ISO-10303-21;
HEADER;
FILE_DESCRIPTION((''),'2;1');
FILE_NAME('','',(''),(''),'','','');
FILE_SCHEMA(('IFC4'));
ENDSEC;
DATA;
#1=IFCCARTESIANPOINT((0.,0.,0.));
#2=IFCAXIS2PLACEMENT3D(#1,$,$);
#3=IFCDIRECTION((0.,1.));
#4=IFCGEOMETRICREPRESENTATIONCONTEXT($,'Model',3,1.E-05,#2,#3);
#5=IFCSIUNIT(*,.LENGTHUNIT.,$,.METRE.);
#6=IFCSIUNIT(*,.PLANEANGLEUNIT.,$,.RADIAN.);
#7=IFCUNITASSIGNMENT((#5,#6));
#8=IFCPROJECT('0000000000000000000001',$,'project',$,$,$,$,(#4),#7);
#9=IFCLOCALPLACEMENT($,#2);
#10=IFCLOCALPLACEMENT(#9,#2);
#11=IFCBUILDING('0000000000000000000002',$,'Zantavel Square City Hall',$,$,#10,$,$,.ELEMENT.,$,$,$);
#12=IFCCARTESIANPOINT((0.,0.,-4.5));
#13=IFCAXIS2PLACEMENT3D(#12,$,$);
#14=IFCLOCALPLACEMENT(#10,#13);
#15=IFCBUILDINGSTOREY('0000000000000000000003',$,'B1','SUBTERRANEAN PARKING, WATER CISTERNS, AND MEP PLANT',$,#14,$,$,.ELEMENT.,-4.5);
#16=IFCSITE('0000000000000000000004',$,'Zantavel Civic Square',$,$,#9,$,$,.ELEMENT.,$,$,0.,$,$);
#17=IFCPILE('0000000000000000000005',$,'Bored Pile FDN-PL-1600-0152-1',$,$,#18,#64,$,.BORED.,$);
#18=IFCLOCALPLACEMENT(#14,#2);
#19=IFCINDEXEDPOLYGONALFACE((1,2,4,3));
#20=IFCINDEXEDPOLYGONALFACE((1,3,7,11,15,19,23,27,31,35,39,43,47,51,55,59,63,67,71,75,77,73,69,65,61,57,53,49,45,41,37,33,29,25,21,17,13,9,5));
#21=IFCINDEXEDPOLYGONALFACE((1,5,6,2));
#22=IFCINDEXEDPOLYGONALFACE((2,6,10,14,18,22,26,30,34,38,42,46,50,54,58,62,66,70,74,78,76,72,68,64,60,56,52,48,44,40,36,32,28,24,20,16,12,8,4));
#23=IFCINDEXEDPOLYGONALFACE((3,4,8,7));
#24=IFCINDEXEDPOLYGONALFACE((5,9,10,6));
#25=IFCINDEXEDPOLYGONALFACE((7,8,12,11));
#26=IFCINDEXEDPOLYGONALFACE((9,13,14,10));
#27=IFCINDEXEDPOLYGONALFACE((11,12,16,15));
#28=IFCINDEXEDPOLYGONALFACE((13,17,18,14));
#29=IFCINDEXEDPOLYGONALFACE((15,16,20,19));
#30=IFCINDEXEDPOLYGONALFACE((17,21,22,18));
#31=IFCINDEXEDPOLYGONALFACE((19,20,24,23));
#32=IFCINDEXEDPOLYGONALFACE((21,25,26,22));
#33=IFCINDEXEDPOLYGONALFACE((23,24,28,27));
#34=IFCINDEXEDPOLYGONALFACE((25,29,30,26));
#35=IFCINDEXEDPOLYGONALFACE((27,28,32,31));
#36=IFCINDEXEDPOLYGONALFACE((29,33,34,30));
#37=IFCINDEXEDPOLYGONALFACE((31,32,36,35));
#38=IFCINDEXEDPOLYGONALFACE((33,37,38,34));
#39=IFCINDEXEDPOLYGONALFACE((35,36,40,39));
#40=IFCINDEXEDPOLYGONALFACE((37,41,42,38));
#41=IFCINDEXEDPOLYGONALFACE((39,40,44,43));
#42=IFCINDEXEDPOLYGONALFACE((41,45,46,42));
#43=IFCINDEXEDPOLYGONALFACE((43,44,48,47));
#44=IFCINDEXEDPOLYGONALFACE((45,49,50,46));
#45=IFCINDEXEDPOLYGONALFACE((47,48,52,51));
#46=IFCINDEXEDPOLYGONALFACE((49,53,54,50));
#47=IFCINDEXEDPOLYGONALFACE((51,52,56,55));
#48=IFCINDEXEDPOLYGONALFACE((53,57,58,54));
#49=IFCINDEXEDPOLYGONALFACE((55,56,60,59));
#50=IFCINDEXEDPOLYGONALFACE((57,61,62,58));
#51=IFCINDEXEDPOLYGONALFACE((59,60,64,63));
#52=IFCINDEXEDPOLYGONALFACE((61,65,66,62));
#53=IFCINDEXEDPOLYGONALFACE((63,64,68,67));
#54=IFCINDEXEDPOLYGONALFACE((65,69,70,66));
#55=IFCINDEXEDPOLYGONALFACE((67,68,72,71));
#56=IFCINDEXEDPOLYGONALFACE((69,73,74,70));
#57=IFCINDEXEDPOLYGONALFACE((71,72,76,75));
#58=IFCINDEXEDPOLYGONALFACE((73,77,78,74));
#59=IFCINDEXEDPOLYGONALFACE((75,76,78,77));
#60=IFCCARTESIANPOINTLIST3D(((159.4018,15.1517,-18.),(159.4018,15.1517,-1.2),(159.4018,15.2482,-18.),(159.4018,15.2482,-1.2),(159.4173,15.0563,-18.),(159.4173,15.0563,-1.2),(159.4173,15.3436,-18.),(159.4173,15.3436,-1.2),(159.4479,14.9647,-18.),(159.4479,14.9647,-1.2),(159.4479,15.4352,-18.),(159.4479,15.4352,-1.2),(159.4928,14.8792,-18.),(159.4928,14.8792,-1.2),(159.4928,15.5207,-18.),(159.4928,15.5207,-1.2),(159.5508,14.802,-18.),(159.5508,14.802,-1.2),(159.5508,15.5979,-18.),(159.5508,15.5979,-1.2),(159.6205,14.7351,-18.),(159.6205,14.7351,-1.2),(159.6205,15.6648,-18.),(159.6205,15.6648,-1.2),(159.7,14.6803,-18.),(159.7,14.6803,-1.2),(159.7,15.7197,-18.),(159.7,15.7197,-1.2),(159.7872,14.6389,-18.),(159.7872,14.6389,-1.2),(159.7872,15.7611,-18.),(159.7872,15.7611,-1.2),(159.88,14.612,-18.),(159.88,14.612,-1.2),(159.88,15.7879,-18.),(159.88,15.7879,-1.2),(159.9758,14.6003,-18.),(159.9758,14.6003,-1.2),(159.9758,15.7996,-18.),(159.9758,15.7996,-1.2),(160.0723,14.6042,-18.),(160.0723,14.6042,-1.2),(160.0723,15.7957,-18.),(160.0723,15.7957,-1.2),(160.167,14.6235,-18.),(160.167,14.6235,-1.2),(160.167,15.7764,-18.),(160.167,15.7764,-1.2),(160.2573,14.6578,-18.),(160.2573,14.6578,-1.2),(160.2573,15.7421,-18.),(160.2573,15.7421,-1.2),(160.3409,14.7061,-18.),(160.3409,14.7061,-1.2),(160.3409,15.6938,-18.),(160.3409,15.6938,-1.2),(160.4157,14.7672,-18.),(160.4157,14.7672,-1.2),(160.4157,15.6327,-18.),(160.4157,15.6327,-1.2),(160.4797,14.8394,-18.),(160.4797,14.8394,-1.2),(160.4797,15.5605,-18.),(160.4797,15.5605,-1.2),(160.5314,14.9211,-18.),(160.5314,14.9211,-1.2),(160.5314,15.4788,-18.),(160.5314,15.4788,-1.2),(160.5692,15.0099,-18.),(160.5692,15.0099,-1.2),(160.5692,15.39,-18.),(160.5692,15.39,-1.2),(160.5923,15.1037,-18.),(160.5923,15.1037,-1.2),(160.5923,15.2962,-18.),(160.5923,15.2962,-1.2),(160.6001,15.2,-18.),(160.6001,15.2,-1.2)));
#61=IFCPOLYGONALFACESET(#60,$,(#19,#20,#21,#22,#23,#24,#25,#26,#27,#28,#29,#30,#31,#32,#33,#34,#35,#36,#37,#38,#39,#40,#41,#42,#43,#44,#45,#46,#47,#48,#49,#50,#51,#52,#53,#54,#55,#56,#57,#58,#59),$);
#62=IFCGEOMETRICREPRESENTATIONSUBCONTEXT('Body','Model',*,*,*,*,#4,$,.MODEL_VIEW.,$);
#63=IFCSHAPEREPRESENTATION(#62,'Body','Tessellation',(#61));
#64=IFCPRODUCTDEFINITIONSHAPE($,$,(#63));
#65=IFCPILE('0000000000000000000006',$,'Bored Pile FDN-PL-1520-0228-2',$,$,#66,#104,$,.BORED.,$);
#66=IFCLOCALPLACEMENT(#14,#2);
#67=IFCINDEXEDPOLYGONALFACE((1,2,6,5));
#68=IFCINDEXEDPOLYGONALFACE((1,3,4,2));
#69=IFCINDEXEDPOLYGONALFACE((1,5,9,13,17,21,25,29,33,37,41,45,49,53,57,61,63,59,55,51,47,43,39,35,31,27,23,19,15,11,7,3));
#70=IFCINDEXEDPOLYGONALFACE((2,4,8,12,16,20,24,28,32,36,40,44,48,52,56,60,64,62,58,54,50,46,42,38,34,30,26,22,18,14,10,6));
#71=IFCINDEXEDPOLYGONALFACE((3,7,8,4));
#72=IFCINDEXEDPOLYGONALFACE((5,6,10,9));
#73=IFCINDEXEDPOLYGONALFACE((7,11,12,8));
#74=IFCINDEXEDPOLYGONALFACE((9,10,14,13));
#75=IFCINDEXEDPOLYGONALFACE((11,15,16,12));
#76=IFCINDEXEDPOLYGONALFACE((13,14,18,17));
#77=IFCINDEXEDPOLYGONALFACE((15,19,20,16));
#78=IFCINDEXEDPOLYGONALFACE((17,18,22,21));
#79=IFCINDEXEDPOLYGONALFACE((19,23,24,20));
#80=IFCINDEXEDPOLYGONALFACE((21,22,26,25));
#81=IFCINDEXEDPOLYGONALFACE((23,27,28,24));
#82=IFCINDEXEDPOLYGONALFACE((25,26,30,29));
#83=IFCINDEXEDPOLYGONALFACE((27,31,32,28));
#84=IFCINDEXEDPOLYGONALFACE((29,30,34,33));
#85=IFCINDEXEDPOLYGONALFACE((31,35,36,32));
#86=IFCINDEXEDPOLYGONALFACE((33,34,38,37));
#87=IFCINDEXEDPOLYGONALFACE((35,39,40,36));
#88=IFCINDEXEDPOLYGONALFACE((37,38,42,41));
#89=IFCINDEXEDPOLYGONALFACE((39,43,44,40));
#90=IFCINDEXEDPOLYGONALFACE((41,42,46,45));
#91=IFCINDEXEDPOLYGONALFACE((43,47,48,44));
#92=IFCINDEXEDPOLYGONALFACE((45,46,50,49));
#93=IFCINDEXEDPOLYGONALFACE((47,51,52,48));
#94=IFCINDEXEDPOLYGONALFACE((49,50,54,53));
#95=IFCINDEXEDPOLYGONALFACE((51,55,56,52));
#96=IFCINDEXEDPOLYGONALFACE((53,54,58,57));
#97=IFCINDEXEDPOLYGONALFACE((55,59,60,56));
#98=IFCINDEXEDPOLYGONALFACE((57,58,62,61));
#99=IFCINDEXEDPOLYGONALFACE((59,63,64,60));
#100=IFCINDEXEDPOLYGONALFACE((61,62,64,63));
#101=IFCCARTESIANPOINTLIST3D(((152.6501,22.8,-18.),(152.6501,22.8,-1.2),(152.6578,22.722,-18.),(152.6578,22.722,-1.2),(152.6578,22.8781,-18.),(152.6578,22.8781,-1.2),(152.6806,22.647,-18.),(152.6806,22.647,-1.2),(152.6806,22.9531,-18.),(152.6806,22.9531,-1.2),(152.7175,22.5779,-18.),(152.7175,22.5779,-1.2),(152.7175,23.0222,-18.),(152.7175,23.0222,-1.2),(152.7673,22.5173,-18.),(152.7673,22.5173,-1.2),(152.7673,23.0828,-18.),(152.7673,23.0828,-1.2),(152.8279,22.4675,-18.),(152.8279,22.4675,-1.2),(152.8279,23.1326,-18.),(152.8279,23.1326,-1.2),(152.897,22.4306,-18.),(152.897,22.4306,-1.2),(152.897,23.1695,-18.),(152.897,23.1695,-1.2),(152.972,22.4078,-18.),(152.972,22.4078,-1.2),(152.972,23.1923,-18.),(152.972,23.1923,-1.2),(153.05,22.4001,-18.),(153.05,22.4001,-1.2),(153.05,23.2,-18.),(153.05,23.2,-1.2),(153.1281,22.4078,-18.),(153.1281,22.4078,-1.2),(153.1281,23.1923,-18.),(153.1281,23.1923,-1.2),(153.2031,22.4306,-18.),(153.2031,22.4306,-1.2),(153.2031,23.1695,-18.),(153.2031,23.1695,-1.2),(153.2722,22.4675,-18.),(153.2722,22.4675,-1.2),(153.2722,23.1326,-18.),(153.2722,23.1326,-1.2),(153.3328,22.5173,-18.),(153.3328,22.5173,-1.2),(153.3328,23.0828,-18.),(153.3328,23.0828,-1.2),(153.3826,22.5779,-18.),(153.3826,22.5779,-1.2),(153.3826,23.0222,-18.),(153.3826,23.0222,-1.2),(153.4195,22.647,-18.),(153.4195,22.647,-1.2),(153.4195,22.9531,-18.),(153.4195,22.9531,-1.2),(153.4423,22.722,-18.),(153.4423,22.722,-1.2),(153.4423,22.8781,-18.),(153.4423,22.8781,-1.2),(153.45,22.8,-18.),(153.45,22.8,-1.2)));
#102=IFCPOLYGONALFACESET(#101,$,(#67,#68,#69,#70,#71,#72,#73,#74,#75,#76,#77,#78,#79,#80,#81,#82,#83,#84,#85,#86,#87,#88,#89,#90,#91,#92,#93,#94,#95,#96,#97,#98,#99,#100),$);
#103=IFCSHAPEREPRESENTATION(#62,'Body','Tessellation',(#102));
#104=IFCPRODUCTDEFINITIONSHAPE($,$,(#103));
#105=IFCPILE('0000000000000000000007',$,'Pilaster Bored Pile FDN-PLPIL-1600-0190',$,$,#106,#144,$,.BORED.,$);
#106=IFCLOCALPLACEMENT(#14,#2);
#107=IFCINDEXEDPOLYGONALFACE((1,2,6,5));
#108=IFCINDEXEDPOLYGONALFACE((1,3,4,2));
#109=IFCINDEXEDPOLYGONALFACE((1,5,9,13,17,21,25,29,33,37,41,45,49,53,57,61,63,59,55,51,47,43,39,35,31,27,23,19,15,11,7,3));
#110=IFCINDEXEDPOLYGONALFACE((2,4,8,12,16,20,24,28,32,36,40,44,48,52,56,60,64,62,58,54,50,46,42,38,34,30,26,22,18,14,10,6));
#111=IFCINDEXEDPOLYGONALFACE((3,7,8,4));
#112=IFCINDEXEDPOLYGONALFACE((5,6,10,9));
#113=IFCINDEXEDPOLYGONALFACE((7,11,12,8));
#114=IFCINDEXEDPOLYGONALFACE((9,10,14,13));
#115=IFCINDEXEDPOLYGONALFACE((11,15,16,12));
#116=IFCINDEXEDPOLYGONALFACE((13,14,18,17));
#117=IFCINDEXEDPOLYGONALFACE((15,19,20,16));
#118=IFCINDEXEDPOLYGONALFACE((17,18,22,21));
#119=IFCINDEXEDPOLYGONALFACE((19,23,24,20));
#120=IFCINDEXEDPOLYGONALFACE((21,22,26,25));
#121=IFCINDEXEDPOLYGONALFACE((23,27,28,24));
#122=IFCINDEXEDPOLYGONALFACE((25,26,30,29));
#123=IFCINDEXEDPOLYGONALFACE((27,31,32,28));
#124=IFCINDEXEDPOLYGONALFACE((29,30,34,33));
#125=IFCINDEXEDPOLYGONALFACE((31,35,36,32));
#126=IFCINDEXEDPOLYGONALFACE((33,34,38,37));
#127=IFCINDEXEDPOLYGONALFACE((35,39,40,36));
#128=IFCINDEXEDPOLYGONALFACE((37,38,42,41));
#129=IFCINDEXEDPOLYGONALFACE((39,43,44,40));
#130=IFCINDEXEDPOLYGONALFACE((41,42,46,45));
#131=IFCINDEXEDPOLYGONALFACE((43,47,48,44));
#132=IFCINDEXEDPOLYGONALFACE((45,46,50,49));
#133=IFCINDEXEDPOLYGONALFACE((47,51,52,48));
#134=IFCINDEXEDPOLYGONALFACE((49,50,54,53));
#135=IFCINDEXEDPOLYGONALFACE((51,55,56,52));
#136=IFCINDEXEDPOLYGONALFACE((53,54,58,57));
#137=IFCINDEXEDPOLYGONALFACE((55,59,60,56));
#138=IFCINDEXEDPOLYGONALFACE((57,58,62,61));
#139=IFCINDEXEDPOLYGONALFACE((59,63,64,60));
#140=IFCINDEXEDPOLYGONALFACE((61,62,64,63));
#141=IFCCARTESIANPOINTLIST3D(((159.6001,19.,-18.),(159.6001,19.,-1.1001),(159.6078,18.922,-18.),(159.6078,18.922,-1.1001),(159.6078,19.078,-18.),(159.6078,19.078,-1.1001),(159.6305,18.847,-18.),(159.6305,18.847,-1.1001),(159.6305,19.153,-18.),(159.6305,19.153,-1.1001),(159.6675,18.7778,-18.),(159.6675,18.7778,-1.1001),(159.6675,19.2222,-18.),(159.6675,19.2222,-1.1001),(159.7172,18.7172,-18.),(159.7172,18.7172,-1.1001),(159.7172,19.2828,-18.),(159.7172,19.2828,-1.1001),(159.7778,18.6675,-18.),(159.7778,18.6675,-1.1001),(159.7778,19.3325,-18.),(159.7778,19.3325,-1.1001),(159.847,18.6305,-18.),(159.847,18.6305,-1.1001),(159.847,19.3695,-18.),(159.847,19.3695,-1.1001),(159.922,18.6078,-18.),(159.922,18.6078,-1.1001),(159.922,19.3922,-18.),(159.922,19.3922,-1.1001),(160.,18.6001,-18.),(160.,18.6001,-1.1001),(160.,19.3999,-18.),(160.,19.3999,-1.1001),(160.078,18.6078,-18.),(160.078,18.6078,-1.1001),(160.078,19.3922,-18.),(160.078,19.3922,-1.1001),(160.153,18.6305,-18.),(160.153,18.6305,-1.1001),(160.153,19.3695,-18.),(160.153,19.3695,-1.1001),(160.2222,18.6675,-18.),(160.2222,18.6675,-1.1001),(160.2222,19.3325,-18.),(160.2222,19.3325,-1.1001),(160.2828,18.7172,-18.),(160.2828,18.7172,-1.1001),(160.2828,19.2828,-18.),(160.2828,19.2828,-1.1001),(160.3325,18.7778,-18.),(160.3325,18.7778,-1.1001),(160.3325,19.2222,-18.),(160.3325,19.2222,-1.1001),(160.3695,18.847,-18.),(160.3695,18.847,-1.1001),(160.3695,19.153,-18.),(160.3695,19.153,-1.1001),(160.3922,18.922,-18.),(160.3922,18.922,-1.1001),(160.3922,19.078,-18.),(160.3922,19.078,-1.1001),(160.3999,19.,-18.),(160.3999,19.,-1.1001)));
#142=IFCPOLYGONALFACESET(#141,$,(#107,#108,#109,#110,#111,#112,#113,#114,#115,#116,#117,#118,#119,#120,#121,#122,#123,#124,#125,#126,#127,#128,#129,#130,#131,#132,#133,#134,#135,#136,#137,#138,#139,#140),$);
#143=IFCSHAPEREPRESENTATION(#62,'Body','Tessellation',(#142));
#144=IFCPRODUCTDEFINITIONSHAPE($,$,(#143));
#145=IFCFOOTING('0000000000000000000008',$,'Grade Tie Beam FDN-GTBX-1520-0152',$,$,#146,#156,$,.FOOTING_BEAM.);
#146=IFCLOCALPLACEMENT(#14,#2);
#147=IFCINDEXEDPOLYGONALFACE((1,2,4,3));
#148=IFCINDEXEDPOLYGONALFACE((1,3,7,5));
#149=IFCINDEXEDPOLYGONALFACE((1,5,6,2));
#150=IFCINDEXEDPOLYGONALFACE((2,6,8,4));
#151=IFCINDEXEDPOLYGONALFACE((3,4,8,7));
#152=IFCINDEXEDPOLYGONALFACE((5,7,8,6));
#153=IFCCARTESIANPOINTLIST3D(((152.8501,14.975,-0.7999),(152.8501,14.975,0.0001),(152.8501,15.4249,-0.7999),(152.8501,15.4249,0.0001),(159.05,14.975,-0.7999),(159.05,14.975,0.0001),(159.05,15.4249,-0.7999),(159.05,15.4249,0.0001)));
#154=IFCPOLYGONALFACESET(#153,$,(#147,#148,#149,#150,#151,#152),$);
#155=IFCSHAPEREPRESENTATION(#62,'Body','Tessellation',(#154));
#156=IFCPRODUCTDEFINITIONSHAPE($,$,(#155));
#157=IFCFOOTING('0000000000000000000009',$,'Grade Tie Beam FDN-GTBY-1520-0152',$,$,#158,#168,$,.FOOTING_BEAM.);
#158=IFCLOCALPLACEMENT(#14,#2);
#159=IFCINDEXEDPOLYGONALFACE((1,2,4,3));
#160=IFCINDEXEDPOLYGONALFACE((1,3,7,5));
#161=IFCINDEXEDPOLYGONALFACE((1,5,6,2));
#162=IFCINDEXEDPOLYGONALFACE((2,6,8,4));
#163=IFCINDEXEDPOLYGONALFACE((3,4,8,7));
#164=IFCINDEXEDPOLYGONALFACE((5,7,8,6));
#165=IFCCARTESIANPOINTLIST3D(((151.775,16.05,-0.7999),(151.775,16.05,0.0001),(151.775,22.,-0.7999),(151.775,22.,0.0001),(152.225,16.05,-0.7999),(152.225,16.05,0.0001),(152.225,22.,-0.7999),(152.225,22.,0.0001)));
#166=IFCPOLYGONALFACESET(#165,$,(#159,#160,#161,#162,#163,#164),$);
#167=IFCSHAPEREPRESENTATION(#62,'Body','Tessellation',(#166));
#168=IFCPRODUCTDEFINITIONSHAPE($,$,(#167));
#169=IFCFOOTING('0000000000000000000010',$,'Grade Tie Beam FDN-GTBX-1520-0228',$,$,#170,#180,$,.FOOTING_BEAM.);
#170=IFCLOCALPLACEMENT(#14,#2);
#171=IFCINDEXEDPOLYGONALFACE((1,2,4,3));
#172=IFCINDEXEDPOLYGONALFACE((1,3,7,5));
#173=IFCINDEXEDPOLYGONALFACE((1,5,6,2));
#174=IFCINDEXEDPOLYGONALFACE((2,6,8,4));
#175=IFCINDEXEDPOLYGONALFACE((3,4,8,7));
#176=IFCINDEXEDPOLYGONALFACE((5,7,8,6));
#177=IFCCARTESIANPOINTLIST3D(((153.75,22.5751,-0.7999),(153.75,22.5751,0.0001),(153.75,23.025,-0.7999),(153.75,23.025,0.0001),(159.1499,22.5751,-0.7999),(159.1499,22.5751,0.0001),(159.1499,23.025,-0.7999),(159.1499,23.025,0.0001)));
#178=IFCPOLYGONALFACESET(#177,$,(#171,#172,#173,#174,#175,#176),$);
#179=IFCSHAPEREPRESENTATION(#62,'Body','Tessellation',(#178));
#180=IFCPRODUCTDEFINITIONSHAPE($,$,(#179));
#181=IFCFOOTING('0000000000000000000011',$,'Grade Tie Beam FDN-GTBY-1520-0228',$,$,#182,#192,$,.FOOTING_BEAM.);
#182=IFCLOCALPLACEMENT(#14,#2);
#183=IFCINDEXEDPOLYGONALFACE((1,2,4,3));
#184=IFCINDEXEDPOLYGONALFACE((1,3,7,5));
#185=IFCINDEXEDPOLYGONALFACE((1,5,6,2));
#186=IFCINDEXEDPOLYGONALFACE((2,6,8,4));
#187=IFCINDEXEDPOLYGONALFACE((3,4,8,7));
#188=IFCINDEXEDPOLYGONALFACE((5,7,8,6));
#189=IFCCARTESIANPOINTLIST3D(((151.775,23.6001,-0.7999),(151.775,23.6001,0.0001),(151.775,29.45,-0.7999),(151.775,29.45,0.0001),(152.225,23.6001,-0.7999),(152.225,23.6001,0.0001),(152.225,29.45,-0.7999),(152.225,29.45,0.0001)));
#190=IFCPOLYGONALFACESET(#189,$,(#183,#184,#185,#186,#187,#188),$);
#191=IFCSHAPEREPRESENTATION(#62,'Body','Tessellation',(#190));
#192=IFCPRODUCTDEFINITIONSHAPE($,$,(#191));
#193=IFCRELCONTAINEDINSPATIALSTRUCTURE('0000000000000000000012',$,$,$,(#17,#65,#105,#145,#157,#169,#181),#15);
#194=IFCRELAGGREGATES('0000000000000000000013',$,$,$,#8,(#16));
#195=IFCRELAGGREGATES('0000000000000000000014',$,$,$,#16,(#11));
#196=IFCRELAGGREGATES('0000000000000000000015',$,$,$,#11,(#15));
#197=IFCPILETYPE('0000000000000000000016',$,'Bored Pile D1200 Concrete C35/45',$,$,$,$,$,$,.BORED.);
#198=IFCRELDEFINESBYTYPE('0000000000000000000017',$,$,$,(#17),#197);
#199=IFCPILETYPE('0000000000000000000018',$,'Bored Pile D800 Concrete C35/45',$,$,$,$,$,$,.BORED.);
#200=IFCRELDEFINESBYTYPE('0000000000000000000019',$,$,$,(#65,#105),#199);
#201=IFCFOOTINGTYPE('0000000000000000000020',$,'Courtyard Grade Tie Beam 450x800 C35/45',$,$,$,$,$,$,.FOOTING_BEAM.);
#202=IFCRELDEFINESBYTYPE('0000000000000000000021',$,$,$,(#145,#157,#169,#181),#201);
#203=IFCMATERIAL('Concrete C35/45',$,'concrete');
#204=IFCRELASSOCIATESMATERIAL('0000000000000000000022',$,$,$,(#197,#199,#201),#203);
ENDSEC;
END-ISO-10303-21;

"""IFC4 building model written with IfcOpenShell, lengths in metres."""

from ifc_helpers import new_model, si_unit, direction, frame, origin, origin_2d, place, context, subcontext, project, spatial, rectangle, circle, extrude, material, material_profile, profile_set, type_object, element, save


model = new_model("IFC4")

# Units and contexts
model_context = context("Model", 3, precision=1e-05, world=origin(), true_north=direction((0.0, 1.0)))
body_context = subcontext(model_context, "Body", "Model", "MODEL_VIEW")
ifc_project = project(units=[si_unit("LENGTHUNIT", "METRE"), si_unit("PLANEANGLEUNIT", "RADIAN")], contexts=[model_context])

# Site, building, storey
site_placement = place(None, origin())
site = spatial("IfcSite", under=ifc_project, at=site_placement, Name="Zantavel Civic Square", CompositionType="ELEMENT", RefElevation=0.0)
building_placement = place(site_placement, origin())
building = spatial("IfcBuilding", under=site, at=building_placement, Name="Zantavel Square City Hall", CompositionType="ELEMENT")
storey_placement = place(building_placement, frame((0.0, 0.0, -4.5)))
storey = spatial("IfcBuildingStorey", under=building, at=storey_placement, Name="B1", Description="SUBTERRANEAN PARKING, WATER CISTERNS, AND MEP PLANT", CompositionType="ELEMENT", Elevation=-4.5)

# Piles
ifc_material_1 = material(Name="Concrete C35/45", Category="concrete")
ifc_material_profile_1 = material_profile(ifc_material_1, circle(Radius=0.6001, at=origin_2d()), Name="PILE D1200")
ifc_profile_set_1 = profile_set([ifc_material_profile_1], Name="Concrete C35/45")
pile_type_1 = type_object("IfcPileType", Name="Bored Pile D1200 Concrete C35/45", PredefinedType="BORED", material=ifc_profile_set_1)
pile_1_placement = place(storey_placement, frame((160.0, 15.2, -1.2), z_axis=(0.0, 0.0, -1.0), x_axis=(1.0, 0.0, 0.0)))
element("IfcPile", 1, at=pile_1_placement, inside=storey, type_object=pile_type_1, Name="Bored Pile FDN-PL-1600-0152-1", PredefinedType="BORED", context=body_context, shape_type="SweptSolid", body=[
    extrude(circle(Radius=0.6001, at=origin_2d()), origin(), (0.0, 0.0, 1.0), 16.8),
])
ifc_material_profile_2 = material_profile(ifc_material_1, circle(Radius=0.3999, at=origin_2d()), Name="PILE D800")
ifc_profile_set_2 = profile_set([ifc_material_profile_2], Name="Concrete C35/45")
pile_type_2 = type_object("IfcPileType", Name="Bored Pile D800 Concrete C35/45", PredefinedType="BORED", material=ifc_profile_set_2)
pile_2_placement = place(storey_placement, frame((153.05, 22.8, -1.2), z_axis=(0.0, 0.0, -1.0), x_axis=(1.0, 0.0, 0.0)))
element("IfcPile", 2, at=pile_2_placement, inside=storey, type_object=pile_type_2, Name="Bored Pile FDN-PL-1520-0228-2", PredefinedType="BORED", context=body_context, shape_type="SweptSolid", body=[
    extrude(circle(Radius=0.3999, at=origin_2d()), origin(), (0.0, 0.0, 1.0), 16.8),
])
pile_3_placement = place(storey_placement, frame((160.0, 19.0, -1.1001), z_axis=(0.0, 0.0, -1.0), x_axis=(1.0, 0.0, 0.0)))
element("IfcPile", 3, at=pile_3_placement, inside=storey, type_object=pile_type_2, Name="Pilaster Bored Pile FDN-PLPIL-1600-0190", PredefinedType="BORED", context=body_context, shape_type="SweptSolid", body=[
    extrude(circle(Radius=0.3999, at=origin_2d()), origin(), (0.0, 0.0, 1.0), 16.8999),
])

# Footings
ifc_material_profile_3 = material_profile(ifc_material_1, rectangle(XDim=0.45, YDim=0.8, at=origin_2d()), Name="RC 450x800")
ifc_profile_set_3 = profile_set([ifc_material_profile_3], Name="Concrete C35/45")
footing_type_1 = type_object("IfcFootingType", Name="Courtyard Grade Tie Beam 450x800 C35/45", PredefinedType="FOOTING_BEAM", material=ifc_profile_set_3)
footing_1_placement = place(storey_placement, frame((152.8501, 15.2, -0.3999), z_axis=(1.0, 0.0, 0.0), x_axis=(0.0, 1.0, 0.0)))
element("IfcFooting", 4, at=footing_1_placement, inside=storey, type_object=footing_type_1, Name="Grade Tie Beam FDN-GTBX-1520-0152", PredefinedType="FOOTING_BEAM", context=body_context, shape_type="SweptSolid", body=[
    extrude(rectangle(XDim=0.45, YDim=0.8, at=origin_2d()), origin(), (0.0, 0.0, 1.0), 6.2),
])
footing_2_placement = place(storey_placement, frame((152.0, 16.05, -0.3999), z_axis=(0.0, 1.0, 0.0), x_axis=(-1.0, 0.0, 0.0)))
element("IfcFooting", 5, at=footing_2_placement, inside=storey, type_object=footing_type_1, Name="Grade Tie Beam FDN-GTBY-1520-0152", PredefinedType="FOOTING_BEAM", context=body_context, shape_type="SweptSolid", body=[
    extrude(rectangle(XDim=0.45, YDim=0.8, at=origin_2d()), origin(), (0.0, 0.0, 1.0), 5.95),
])
footing_3_placement = place(storey_placement, frame((153.75, 22.8, -0.3999), z_axis=(1.0, 0.0, 0.0), x_axis=(0.0, 1.0, 0.0)))
element("IfcFooting", 6, at=footing_3_placement, inside=storey, type_object=footing_type_1, Name="Grade Tie Beam FDN-GTBX-1520-0228", PredefinedType="FOOTING_BEAM", context=body_context, shape_type="SweptSolid", body=[
    extrude(rectangle(XDim=0.45, YDim=0.8, at=origin_2d()), origin(), (0.0, 0.0, 1.0), 5.3999),
])
footing_4_placement = place(storey_placement, frame((152.0, 23.6001, -0.3999), z_axis=(0.0, 1.0, 0.0), x_axis=(-1.0, 0.0, 0.0)))
element("IfcFooting", 7, at=footing_4_placement, inside=storey, type_object=footing_type_1, Name="Grade Tie Beam FDN-GTBY-1520-0228", PredefinedType="FOOTING_BEAM", context=body_context, shape_type="SweptSolid", body=[
    extrude(rectangle(XDim=0.45, YDim=0.8, at=origin_2d()), origin(), (0.0, 0.0, 1.0), 5.8499),
])

save(model, "model.ifc")
